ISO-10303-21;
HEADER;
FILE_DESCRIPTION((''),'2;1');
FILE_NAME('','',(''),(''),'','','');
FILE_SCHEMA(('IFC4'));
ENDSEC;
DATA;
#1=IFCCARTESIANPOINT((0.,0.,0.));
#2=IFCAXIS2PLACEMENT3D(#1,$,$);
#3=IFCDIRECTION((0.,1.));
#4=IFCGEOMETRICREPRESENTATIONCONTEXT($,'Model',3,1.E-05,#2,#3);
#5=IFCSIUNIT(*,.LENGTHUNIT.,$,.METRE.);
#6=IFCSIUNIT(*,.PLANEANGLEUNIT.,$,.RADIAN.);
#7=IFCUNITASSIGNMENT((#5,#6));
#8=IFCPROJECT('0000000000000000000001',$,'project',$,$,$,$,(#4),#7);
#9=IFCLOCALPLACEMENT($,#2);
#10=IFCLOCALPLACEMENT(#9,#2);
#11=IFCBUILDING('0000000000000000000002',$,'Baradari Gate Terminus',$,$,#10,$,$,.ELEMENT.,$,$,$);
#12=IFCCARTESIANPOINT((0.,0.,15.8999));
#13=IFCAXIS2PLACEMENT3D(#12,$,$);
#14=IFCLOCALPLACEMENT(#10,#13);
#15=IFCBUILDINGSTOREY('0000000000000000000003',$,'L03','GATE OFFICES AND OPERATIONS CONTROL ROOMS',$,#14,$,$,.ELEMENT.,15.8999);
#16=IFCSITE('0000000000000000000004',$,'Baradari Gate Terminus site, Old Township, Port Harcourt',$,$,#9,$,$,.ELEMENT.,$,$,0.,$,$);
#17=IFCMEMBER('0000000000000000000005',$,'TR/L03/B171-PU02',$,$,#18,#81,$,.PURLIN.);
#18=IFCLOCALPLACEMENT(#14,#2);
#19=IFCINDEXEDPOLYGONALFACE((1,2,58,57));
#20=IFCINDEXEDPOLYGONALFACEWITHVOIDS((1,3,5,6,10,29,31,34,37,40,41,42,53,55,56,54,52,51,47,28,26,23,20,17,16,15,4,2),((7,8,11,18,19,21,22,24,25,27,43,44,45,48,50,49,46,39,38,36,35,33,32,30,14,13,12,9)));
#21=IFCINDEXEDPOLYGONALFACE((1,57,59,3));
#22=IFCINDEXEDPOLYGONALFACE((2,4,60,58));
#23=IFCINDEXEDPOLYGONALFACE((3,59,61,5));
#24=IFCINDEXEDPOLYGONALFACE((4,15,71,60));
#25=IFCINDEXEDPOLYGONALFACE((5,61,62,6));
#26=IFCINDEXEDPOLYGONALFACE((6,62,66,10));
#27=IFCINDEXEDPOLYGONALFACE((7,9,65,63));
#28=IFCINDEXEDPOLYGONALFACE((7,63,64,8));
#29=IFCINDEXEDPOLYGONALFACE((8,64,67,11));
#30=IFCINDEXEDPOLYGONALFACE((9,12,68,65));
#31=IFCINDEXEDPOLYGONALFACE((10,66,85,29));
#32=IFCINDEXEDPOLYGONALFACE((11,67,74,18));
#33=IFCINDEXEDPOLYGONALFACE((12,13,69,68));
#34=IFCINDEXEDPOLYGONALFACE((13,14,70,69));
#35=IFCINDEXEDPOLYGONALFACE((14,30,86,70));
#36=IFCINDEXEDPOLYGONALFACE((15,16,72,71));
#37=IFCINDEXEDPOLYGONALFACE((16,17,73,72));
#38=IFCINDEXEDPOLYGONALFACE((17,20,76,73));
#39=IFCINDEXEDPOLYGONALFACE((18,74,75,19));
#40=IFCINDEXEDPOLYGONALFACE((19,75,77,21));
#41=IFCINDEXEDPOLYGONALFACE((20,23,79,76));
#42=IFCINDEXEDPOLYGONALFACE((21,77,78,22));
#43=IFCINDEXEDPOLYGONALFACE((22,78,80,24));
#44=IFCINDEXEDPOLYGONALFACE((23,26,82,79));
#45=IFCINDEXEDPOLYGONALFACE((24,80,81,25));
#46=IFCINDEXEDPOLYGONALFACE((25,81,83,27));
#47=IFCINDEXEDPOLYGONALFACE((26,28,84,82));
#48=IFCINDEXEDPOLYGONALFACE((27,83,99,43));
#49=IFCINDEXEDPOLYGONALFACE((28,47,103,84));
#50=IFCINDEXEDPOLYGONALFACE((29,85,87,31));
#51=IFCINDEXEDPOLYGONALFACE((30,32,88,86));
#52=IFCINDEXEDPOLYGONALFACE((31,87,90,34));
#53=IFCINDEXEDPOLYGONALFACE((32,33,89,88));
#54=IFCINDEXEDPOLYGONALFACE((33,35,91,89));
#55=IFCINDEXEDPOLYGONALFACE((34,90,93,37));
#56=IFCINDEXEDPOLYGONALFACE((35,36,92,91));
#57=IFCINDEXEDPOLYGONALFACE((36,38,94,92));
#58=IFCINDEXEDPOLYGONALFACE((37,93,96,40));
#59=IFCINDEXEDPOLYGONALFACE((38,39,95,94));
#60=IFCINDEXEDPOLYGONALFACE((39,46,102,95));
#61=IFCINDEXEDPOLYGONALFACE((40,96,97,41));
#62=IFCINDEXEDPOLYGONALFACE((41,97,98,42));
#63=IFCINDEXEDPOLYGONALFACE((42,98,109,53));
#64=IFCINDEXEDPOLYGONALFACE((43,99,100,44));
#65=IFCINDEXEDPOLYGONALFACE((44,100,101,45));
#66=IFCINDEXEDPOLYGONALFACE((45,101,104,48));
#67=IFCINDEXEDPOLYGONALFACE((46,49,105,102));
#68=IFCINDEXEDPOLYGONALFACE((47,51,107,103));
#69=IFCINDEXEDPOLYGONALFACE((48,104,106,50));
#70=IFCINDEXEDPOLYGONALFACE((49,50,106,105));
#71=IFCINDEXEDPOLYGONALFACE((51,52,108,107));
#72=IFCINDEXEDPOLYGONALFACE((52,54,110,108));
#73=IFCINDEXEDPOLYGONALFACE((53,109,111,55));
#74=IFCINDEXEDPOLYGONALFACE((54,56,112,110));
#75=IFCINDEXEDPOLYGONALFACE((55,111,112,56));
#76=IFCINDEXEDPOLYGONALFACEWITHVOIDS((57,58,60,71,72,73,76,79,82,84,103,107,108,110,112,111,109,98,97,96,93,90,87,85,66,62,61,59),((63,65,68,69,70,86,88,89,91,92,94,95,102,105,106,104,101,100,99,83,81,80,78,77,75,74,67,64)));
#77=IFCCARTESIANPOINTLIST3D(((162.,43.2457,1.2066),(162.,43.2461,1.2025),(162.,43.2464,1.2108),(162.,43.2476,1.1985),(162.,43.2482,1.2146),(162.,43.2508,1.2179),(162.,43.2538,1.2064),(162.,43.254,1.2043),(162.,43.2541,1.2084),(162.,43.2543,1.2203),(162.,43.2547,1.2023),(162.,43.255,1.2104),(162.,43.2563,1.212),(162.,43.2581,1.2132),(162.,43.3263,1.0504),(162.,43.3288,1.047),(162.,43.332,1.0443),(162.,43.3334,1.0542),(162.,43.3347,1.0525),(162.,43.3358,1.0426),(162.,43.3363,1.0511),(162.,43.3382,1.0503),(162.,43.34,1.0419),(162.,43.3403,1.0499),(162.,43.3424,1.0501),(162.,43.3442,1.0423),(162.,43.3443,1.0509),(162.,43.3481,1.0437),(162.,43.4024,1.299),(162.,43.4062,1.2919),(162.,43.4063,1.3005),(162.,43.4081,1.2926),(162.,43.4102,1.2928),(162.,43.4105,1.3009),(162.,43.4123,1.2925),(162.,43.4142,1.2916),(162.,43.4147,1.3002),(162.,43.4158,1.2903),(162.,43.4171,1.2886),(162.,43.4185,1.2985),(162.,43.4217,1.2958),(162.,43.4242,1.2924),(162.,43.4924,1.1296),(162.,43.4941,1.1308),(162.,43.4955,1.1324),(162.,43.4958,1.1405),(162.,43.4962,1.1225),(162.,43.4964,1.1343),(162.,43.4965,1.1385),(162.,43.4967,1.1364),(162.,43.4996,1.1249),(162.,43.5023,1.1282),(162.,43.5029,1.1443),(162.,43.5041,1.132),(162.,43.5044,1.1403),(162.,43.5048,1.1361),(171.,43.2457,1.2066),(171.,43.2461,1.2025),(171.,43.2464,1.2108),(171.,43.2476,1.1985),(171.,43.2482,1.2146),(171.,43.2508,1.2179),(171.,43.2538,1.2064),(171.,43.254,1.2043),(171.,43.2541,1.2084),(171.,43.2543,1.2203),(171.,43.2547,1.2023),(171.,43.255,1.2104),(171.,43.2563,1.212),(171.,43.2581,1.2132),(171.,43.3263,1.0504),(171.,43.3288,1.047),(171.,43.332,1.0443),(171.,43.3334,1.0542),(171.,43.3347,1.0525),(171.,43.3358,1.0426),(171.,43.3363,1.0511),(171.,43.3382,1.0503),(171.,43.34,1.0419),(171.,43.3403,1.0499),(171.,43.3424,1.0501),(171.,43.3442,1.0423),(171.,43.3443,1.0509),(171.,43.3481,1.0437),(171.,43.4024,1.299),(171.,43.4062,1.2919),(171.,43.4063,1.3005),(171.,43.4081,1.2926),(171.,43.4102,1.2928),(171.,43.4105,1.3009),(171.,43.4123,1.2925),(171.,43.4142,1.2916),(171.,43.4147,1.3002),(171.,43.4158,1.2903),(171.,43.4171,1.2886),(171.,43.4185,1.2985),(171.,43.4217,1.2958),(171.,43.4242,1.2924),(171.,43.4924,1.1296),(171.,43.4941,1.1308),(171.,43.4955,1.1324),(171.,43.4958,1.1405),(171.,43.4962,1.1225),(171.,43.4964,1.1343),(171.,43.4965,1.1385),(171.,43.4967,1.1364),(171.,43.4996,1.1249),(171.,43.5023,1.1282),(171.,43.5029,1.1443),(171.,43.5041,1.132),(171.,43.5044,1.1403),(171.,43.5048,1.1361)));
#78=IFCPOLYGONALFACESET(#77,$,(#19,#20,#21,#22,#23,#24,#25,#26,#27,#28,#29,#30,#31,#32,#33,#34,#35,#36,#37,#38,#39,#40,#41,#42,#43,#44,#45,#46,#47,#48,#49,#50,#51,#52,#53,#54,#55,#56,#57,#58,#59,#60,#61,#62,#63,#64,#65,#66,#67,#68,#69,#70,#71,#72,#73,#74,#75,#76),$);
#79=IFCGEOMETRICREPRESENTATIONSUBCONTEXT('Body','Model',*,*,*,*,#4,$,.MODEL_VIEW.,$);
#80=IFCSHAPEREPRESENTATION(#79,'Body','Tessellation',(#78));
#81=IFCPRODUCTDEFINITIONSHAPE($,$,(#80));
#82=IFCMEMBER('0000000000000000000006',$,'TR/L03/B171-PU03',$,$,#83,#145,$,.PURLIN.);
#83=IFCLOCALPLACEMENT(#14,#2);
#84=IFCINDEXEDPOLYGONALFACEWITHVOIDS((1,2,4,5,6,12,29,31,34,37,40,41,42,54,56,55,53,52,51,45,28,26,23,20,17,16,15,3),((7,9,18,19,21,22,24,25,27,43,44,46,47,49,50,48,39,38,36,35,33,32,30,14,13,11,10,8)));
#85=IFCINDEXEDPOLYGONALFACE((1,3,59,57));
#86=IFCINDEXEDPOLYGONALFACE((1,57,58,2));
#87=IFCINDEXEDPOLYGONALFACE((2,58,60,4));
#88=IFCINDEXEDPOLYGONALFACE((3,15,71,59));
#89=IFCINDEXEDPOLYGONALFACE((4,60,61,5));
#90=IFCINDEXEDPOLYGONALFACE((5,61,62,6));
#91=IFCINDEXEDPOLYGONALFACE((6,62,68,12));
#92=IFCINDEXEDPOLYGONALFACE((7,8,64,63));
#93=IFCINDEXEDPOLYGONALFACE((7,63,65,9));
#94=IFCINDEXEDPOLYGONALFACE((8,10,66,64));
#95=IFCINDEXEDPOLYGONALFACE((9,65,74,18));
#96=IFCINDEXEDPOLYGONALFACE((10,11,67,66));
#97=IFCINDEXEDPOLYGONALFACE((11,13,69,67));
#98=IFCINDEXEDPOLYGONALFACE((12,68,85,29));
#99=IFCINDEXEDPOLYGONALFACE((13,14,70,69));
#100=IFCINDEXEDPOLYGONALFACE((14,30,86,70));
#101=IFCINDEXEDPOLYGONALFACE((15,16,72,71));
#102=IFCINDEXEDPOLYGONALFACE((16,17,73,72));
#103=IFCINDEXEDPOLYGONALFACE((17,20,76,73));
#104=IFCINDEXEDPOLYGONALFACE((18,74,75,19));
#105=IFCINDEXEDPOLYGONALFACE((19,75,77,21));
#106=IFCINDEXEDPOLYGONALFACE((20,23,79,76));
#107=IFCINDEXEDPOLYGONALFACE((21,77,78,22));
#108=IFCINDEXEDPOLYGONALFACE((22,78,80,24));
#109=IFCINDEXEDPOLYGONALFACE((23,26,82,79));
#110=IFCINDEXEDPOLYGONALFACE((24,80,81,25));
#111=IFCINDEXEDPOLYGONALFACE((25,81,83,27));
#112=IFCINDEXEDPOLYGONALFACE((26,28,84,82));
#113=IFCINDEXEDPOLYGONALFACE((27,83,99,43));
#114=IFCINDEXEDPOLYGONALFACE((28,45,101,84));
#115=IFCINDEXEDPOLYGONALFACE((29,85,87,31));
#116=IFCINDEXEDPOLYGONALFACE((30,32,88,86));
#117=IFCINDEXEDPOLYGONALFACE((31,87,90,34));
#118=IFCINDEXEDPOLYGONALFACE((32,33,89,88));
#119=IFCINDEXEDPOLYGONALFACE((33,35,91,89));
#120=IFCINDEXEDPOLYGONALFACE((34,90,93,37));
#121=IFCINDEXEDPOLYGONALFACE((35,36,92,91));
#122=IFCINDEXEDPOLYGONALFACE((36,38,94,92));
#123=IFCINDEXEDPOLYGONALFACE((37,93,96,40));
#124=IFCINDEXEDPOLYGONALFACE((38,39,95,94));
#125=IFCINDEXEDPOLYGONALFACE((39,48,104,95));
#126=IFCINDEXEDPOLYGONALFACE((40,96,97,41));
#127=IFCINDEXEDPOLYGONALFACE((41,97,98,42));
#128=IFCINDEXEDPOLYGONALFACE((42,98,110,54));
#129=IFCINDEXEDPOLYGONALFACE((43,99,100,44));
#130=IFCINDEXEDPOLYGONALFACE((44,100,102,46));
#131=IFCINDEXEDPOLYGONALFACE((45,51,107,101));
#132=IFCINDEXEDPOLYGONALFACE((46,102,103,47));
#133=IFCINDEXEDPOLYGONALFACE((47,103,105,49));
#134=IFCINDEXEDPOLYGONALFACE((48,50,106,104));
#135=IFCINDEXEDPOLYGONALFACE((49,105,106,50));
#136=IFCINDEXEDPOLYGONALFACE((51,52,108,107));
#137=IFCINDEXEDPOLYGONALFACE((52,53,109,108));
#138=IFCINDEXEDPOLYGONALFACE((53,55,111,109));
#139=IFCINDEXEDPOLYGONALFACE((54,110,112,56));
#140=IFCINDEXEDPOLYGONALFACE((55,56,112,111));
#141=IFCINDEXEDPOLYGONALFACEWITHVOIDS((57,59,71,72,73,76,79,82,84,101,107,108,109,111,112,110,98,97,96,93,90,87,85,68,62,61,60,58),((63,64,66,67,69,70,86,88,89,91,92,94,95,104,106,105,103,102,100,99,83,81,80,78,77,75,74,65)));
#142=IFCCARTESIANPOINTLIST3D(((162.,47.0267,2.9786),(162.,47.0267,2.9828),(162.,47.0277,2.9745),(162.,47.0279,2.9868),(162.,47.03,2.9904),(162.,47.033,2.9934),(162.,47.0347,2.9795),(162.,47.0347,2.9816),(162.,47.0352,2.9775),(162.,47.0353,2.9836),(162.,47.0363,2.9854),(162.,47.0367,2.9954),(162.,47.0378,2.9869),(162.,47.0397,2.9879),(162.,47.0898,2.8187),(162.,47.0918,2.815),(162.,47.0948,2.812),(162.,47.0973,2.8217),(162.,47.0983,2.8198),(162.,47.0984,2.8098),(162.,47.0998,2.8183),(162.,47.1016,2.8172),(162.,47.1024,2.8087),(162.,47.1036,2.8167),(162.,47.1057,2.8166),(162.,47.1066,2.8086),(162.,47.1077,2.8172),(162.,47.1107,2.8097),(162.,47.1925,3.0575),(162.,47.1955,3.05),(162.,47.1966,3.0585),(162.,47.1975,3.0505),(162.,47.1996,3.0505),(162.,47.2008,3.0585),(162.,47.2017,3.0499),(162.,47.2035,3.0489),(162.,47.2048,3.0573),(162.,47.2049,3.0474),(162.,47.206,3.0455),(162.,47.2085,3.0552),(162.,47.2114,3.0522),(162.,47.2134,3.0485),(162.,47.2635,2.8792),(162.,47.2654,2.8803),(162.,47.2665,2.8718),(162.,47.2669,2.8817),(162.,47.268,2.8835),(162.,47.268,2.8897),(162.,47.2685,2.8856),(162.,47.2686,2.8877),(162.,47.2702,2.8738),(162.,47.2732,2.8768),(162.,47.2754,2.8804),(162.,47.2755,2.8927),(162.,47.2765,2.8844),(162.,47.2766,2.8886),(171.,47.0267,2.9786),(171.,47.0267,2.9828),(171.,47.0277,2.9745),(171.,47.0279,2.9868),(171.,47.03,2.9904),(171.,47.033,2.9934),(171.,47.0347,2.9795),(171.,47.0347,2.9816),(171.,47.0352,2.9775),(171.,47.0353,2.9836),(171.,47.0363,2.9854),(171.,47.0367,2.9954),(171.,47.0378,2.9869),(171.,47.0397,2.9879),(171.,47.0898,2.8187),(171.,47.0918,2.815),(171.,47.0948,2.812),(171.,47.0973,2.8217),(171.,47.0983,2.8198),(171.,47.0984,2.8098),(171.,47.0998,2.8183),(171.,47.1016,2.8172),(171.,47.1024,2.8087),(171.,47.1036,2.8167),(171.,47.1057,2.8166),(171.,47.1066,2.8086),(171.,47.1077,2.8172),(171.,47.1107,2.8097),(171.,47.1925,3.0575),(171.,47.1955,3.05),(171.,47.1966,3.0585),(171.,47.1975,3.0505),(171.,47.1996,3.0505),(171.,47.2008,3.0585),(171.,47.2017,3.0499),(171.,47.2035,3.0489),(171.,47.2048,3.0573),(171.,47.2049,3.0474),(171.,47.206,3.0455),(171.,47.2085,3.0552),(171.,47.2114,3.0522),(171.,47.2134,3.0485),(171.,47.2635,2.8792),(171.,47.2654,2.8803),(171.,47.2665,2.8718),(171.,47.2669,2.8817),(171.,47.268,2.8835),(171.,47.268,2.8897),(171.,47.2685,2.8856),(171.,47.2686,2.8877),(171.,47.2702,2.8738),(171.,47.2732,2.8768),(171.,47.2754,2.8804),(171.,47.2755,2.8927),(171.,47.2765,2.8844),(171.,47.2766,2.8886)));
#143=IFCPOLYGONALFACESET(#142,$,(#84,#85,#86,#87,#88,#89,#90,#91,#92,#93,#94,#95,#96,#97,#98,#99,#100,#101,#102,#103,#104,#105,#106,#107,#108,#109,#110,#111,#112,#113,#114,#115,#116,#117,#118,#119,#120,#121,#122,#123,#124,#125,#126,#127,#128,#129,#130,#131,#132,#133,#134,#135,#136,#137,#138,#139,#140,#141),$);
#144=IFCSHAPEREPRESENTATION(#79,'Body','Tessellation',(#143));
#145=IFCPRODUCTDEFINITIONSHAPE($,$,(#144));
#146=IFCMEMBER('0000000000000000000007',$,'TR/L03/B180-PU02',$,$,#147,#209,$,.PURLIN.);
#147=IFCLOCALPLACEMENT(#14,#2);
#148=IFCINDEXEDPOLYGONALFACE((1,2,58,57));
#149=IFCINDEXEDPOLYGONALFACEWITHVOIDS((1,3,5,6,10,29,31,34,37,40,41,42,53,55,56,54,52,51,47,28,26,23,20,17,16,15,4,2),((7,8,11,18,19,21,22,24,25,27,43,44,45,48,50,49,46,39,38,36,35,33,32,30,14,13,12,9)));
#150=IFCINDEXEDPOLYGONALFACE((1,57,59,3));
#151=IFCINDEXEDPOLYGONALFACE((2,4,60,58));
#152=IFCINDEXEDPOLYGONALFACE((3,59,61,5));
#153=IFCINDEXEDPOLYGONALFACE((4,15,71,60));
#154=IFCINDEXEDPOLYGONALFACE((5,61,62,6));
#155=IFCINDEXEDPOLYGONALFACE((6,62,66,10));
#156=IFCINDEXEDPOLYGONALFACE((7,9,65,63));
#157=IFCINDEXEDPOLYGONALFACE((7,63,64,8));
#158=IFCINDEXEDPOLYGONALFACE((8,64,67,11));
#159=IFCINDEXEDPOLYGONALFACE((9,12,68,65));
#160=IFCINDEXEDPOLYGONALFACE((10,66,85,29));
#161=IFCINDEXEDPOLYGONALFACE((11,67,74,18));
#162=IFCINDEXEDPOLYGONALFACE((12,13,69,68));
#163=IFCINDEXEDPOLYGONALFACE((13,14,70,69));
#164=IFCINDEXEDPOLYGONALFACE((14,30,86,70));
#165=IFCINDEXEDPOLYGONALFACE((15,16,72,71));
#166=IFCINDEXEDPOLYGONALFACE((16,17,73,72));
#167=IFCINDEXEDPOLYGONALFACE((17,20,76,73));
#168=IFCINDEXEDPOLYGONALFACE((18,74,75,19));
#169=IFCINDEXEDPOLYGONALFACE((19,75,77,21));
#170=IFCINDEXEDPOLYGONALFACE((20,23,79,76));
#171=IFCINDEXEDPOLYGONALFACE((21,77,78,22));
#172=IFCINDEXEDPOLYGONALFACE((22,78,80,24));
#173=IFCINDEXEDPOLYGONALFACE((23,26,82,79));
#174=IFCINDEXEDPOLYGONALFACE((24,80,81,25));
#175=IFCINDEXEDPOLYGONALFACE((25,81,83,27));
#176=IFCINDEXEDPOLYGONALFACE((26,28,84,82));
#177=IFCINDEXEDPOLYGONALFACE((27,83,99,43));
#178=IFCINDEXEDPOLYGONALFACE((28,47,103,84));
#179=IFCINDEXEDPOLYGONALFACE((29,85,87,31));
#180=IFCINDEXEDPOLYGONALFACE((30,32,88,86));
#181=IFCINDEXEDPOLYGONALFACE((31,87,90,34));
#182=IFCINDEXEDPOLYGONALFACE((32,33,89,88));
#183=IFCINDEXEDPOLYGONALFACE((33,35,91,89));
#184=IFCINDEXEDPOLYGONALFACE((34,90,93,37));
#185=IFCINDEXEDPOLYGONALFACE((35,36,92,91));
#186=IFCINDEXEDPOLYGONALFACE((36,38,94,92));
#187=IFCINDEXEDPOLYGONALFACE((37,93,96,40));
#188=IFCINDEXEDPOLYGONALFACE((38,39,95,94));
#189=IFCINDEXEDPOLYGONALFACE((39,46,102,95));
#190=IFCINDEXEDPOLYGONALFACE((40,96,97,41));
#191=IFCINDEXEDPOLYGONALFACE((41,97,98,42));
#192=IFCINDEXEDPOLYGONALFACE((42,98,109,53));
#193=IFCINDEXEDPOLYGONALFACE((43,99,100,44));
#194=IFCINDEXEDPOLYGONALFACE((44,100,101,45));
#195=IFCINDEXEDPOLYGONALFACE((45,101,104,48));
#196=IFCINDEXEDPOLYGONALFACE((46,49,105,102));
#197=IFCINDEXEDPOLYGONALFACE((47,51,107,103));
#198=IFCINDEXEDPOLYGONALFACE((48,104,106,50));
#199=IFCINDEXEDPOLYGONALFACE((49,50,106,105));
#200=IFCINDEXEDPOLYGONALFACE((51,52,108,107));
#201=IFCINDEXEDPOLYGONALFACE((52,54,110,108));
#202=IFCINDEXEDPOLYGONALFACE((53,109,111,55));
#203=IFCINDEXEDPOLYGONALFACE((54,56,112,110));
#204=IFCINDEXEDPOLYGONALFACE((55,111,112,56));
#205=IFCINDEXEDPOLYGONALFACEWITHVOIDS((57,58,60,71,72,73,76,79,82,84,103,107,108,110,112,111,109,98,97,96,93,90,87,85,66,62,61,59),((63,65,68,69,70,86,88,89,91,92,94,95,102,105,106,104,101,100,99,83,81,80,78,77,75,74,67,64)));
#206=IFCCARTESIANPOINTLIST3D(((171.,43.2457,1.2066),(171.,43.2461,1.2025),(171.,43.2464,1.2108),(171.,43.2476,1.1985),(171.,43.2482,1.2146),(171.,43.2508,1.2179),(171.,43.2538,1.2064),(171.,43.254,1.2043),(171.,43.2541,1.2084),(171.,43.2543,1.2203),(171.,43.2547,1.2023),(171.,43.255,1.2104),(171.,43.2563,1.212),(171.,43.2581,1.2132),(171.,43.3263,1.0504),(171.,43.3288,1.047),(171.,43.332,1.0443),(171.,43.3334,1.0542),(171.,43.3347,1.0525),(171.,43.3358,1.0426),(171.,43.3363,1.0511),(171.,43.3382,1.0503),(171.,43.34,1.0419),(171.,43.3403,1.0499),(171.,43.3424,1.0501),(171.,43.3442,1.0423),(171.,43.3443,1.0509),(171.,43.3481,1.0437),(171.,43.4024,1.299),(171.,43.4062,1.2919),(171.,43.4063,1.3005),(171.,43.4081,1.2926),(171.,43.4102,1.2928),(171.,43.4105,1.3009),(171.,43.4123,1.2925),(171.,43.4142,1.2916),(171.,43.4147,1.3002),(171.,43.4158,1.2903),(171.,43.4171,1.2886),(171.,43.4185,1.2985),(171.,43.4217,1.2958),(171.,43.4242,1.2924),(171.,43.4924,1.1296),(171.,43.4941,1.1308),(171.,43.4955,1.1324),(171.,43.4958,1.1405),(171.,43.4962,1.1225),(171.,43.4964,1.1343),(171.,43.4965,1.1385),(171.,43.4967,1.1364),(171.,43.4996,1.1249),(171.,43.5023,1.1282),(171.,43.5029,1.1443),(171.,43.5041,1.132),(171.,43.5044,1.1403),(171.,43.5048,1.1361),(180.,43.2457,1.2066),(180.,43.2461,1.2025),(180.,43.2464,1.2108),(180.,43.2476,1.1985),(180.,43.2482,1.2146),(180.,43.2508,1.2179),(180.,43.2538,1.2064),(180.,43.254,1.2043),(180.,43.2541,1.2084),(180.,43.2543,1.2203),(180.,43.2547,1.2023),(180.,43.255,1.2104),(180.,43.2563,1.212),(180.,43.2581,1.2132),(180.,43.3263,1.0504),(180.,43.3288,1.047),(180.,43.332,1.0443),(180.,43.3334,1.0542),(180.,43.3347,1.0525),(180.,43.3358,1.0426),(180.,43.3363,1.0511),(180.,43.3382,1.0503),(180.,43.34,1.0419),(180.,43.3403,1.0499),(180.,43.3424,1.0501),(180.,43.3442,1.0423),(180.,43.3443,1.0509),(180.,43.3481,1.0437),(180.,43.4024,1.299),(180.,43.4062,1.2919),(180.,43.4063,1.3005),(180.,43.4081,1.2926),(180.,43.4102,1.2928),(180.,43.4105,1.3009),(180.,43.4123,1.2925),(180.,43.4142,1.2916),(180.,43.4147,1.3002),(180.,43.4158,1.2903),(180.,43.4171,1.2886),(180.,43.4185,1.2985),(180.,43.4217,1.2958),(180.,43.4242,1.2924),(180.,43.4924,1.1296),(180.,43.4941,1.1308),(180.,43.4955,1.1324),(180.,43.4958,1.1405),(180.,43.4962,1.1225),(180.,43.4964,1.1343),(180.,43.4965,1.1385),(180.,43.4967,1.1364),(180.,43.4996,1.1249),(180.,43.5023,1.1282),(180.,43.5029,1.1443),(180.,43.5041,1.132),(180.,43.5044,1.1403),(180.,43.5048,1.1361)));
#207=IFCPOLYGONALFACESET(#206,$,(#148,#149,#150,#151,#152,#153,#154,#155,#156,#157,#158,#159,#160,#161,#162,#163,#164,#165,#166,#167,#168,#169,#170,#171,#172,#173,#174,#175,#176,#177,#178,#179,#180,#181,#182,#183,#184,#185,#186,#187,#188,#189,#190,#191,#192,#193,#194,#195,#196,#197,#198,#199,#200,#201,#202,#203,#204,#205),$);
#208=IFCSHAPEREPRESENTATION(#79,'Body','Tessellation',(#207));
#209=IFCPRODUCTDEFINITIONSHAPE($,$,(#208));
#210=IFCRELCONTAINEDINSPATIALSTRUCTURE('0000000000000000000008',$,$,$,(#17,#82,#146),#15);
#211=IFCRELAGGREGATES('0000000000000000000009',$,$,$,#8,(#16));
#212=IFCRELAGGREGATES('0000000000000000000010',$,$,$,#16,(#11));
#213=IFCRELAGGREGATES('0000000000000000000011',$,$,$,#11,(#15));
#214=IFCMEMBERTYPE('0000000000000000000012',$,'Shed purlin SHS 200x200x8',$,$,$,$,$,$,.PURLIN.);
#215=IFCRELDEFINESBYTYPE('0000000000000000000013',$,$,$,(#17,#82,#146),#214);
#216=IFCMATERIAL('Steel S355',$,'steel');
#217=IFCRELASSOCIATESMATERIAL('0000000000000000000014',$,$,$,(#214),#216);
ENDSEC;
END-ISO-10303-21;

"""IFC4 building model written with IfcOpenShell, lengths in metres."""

from ifc_helpers import new_model, si_unit, direction, frame, origin, origin_2d, place, context, subcontext, project, spatial, hollow_rectangle, extrude, material, material_profile, profile_set, type_object, element, save


model = new_model("IFC4")

# Units and contexts
model_context = context("Model", 3, precision=1e-05, world=origin(), true_north=direction((0.0, 1.0)))
body_context = subcontext(model_context, "Body", "Model", "MODEL_VIEW")
ifc_project = project(units=[si_unit("LENGTHUNIT", "METRE"), si_unit("PLANEANGLEUNIT", "RADIAN")], contexts=[model_context])

# Site, building, storey
site_placement = place(None, origin())
site = spatial("IfcSite", under=ifc_project, at=site_placement, Name="Baradari Gate Terminus site, Old Township, Port Harcourt", CompositionType="ELEMENT", RefElevation=0.0)
building_placement = place(site_placement, origin())
building = spatial("IfcBuilding", under=site, at=building_placement, Name="Baradari Gate Terminus", CompositionType="ELEMENT")
storey_placement = place(building_placement, frame((0.0, 0.0, 15.8999)))
storey = spatial("IfcBuildingStorey", under=building, at=storey_placement, Name="L03", Description="GATE OFFICES AND OPERATIONS CONTROL ROOMS", CompositionType="ELEMENT", Elevation=15.8999)

# Members
ifc_material_1 = material(Name="Steel S355", Category="steel")
ifc_material_profile_1 = material_profile(ifc_material_1, hollow_rectangle(XDim=0.2, YDim=0.2, WallThickness=0.0081, InnerFilletRadius=0.0081, OuterFilletRadius=0.0161, at=origin_2d()), Name="SHS 200x200x8")
ifc_profile_set_1 = profile_set([ifc_material_profile_1], Name="Steel S355")
member_type_1 = type_object("IfcMemberType", Name="Shed purlin SHS 200x200x8", PredefinedType="PURLIN", material=ifc_profile_set_1)
for number, where, z_axis, x_axis, name in (
    (1, (162.0, 43.3752, 1.1714), (1.0, 0.0, 0.0), (0.0, 0.883027, 0.469322), "TR/L03/B171-PU02"),
    (2, (162.0, 47.1516, 2.9336), (1.0, 0.0, 0.0), (0.0, 0.928965, 0.370167), "TR/L03/B171-PU03"),
    (3, (171.0, 43.3752, 1.1714), (1.0, 0.0, 0.0), (0.0, 0.883027, 0.469322), "TR/L03/B180-PU02"),
):
    element("IfcMember", number, at=place(storey_placement, frame(where, z_axis=z_axis, x_axis=x_axis)), inside=storey, type_object=member_type_1, Name=name, PredefinedType="PURLIN", context=body_context, shape_type="SweptSolid", body=[
        extrude(hollow_rectangle(XDim=0.2, YDim=0.2, WallThickness=0.0081, InnerFilletRadius=0.0081, OuterFilletRadius=0.0161, at=origin_2d()), origin(), (0.0, 0.0, 1.0), 9.0),
    ])

save(model, "model.ifc")
